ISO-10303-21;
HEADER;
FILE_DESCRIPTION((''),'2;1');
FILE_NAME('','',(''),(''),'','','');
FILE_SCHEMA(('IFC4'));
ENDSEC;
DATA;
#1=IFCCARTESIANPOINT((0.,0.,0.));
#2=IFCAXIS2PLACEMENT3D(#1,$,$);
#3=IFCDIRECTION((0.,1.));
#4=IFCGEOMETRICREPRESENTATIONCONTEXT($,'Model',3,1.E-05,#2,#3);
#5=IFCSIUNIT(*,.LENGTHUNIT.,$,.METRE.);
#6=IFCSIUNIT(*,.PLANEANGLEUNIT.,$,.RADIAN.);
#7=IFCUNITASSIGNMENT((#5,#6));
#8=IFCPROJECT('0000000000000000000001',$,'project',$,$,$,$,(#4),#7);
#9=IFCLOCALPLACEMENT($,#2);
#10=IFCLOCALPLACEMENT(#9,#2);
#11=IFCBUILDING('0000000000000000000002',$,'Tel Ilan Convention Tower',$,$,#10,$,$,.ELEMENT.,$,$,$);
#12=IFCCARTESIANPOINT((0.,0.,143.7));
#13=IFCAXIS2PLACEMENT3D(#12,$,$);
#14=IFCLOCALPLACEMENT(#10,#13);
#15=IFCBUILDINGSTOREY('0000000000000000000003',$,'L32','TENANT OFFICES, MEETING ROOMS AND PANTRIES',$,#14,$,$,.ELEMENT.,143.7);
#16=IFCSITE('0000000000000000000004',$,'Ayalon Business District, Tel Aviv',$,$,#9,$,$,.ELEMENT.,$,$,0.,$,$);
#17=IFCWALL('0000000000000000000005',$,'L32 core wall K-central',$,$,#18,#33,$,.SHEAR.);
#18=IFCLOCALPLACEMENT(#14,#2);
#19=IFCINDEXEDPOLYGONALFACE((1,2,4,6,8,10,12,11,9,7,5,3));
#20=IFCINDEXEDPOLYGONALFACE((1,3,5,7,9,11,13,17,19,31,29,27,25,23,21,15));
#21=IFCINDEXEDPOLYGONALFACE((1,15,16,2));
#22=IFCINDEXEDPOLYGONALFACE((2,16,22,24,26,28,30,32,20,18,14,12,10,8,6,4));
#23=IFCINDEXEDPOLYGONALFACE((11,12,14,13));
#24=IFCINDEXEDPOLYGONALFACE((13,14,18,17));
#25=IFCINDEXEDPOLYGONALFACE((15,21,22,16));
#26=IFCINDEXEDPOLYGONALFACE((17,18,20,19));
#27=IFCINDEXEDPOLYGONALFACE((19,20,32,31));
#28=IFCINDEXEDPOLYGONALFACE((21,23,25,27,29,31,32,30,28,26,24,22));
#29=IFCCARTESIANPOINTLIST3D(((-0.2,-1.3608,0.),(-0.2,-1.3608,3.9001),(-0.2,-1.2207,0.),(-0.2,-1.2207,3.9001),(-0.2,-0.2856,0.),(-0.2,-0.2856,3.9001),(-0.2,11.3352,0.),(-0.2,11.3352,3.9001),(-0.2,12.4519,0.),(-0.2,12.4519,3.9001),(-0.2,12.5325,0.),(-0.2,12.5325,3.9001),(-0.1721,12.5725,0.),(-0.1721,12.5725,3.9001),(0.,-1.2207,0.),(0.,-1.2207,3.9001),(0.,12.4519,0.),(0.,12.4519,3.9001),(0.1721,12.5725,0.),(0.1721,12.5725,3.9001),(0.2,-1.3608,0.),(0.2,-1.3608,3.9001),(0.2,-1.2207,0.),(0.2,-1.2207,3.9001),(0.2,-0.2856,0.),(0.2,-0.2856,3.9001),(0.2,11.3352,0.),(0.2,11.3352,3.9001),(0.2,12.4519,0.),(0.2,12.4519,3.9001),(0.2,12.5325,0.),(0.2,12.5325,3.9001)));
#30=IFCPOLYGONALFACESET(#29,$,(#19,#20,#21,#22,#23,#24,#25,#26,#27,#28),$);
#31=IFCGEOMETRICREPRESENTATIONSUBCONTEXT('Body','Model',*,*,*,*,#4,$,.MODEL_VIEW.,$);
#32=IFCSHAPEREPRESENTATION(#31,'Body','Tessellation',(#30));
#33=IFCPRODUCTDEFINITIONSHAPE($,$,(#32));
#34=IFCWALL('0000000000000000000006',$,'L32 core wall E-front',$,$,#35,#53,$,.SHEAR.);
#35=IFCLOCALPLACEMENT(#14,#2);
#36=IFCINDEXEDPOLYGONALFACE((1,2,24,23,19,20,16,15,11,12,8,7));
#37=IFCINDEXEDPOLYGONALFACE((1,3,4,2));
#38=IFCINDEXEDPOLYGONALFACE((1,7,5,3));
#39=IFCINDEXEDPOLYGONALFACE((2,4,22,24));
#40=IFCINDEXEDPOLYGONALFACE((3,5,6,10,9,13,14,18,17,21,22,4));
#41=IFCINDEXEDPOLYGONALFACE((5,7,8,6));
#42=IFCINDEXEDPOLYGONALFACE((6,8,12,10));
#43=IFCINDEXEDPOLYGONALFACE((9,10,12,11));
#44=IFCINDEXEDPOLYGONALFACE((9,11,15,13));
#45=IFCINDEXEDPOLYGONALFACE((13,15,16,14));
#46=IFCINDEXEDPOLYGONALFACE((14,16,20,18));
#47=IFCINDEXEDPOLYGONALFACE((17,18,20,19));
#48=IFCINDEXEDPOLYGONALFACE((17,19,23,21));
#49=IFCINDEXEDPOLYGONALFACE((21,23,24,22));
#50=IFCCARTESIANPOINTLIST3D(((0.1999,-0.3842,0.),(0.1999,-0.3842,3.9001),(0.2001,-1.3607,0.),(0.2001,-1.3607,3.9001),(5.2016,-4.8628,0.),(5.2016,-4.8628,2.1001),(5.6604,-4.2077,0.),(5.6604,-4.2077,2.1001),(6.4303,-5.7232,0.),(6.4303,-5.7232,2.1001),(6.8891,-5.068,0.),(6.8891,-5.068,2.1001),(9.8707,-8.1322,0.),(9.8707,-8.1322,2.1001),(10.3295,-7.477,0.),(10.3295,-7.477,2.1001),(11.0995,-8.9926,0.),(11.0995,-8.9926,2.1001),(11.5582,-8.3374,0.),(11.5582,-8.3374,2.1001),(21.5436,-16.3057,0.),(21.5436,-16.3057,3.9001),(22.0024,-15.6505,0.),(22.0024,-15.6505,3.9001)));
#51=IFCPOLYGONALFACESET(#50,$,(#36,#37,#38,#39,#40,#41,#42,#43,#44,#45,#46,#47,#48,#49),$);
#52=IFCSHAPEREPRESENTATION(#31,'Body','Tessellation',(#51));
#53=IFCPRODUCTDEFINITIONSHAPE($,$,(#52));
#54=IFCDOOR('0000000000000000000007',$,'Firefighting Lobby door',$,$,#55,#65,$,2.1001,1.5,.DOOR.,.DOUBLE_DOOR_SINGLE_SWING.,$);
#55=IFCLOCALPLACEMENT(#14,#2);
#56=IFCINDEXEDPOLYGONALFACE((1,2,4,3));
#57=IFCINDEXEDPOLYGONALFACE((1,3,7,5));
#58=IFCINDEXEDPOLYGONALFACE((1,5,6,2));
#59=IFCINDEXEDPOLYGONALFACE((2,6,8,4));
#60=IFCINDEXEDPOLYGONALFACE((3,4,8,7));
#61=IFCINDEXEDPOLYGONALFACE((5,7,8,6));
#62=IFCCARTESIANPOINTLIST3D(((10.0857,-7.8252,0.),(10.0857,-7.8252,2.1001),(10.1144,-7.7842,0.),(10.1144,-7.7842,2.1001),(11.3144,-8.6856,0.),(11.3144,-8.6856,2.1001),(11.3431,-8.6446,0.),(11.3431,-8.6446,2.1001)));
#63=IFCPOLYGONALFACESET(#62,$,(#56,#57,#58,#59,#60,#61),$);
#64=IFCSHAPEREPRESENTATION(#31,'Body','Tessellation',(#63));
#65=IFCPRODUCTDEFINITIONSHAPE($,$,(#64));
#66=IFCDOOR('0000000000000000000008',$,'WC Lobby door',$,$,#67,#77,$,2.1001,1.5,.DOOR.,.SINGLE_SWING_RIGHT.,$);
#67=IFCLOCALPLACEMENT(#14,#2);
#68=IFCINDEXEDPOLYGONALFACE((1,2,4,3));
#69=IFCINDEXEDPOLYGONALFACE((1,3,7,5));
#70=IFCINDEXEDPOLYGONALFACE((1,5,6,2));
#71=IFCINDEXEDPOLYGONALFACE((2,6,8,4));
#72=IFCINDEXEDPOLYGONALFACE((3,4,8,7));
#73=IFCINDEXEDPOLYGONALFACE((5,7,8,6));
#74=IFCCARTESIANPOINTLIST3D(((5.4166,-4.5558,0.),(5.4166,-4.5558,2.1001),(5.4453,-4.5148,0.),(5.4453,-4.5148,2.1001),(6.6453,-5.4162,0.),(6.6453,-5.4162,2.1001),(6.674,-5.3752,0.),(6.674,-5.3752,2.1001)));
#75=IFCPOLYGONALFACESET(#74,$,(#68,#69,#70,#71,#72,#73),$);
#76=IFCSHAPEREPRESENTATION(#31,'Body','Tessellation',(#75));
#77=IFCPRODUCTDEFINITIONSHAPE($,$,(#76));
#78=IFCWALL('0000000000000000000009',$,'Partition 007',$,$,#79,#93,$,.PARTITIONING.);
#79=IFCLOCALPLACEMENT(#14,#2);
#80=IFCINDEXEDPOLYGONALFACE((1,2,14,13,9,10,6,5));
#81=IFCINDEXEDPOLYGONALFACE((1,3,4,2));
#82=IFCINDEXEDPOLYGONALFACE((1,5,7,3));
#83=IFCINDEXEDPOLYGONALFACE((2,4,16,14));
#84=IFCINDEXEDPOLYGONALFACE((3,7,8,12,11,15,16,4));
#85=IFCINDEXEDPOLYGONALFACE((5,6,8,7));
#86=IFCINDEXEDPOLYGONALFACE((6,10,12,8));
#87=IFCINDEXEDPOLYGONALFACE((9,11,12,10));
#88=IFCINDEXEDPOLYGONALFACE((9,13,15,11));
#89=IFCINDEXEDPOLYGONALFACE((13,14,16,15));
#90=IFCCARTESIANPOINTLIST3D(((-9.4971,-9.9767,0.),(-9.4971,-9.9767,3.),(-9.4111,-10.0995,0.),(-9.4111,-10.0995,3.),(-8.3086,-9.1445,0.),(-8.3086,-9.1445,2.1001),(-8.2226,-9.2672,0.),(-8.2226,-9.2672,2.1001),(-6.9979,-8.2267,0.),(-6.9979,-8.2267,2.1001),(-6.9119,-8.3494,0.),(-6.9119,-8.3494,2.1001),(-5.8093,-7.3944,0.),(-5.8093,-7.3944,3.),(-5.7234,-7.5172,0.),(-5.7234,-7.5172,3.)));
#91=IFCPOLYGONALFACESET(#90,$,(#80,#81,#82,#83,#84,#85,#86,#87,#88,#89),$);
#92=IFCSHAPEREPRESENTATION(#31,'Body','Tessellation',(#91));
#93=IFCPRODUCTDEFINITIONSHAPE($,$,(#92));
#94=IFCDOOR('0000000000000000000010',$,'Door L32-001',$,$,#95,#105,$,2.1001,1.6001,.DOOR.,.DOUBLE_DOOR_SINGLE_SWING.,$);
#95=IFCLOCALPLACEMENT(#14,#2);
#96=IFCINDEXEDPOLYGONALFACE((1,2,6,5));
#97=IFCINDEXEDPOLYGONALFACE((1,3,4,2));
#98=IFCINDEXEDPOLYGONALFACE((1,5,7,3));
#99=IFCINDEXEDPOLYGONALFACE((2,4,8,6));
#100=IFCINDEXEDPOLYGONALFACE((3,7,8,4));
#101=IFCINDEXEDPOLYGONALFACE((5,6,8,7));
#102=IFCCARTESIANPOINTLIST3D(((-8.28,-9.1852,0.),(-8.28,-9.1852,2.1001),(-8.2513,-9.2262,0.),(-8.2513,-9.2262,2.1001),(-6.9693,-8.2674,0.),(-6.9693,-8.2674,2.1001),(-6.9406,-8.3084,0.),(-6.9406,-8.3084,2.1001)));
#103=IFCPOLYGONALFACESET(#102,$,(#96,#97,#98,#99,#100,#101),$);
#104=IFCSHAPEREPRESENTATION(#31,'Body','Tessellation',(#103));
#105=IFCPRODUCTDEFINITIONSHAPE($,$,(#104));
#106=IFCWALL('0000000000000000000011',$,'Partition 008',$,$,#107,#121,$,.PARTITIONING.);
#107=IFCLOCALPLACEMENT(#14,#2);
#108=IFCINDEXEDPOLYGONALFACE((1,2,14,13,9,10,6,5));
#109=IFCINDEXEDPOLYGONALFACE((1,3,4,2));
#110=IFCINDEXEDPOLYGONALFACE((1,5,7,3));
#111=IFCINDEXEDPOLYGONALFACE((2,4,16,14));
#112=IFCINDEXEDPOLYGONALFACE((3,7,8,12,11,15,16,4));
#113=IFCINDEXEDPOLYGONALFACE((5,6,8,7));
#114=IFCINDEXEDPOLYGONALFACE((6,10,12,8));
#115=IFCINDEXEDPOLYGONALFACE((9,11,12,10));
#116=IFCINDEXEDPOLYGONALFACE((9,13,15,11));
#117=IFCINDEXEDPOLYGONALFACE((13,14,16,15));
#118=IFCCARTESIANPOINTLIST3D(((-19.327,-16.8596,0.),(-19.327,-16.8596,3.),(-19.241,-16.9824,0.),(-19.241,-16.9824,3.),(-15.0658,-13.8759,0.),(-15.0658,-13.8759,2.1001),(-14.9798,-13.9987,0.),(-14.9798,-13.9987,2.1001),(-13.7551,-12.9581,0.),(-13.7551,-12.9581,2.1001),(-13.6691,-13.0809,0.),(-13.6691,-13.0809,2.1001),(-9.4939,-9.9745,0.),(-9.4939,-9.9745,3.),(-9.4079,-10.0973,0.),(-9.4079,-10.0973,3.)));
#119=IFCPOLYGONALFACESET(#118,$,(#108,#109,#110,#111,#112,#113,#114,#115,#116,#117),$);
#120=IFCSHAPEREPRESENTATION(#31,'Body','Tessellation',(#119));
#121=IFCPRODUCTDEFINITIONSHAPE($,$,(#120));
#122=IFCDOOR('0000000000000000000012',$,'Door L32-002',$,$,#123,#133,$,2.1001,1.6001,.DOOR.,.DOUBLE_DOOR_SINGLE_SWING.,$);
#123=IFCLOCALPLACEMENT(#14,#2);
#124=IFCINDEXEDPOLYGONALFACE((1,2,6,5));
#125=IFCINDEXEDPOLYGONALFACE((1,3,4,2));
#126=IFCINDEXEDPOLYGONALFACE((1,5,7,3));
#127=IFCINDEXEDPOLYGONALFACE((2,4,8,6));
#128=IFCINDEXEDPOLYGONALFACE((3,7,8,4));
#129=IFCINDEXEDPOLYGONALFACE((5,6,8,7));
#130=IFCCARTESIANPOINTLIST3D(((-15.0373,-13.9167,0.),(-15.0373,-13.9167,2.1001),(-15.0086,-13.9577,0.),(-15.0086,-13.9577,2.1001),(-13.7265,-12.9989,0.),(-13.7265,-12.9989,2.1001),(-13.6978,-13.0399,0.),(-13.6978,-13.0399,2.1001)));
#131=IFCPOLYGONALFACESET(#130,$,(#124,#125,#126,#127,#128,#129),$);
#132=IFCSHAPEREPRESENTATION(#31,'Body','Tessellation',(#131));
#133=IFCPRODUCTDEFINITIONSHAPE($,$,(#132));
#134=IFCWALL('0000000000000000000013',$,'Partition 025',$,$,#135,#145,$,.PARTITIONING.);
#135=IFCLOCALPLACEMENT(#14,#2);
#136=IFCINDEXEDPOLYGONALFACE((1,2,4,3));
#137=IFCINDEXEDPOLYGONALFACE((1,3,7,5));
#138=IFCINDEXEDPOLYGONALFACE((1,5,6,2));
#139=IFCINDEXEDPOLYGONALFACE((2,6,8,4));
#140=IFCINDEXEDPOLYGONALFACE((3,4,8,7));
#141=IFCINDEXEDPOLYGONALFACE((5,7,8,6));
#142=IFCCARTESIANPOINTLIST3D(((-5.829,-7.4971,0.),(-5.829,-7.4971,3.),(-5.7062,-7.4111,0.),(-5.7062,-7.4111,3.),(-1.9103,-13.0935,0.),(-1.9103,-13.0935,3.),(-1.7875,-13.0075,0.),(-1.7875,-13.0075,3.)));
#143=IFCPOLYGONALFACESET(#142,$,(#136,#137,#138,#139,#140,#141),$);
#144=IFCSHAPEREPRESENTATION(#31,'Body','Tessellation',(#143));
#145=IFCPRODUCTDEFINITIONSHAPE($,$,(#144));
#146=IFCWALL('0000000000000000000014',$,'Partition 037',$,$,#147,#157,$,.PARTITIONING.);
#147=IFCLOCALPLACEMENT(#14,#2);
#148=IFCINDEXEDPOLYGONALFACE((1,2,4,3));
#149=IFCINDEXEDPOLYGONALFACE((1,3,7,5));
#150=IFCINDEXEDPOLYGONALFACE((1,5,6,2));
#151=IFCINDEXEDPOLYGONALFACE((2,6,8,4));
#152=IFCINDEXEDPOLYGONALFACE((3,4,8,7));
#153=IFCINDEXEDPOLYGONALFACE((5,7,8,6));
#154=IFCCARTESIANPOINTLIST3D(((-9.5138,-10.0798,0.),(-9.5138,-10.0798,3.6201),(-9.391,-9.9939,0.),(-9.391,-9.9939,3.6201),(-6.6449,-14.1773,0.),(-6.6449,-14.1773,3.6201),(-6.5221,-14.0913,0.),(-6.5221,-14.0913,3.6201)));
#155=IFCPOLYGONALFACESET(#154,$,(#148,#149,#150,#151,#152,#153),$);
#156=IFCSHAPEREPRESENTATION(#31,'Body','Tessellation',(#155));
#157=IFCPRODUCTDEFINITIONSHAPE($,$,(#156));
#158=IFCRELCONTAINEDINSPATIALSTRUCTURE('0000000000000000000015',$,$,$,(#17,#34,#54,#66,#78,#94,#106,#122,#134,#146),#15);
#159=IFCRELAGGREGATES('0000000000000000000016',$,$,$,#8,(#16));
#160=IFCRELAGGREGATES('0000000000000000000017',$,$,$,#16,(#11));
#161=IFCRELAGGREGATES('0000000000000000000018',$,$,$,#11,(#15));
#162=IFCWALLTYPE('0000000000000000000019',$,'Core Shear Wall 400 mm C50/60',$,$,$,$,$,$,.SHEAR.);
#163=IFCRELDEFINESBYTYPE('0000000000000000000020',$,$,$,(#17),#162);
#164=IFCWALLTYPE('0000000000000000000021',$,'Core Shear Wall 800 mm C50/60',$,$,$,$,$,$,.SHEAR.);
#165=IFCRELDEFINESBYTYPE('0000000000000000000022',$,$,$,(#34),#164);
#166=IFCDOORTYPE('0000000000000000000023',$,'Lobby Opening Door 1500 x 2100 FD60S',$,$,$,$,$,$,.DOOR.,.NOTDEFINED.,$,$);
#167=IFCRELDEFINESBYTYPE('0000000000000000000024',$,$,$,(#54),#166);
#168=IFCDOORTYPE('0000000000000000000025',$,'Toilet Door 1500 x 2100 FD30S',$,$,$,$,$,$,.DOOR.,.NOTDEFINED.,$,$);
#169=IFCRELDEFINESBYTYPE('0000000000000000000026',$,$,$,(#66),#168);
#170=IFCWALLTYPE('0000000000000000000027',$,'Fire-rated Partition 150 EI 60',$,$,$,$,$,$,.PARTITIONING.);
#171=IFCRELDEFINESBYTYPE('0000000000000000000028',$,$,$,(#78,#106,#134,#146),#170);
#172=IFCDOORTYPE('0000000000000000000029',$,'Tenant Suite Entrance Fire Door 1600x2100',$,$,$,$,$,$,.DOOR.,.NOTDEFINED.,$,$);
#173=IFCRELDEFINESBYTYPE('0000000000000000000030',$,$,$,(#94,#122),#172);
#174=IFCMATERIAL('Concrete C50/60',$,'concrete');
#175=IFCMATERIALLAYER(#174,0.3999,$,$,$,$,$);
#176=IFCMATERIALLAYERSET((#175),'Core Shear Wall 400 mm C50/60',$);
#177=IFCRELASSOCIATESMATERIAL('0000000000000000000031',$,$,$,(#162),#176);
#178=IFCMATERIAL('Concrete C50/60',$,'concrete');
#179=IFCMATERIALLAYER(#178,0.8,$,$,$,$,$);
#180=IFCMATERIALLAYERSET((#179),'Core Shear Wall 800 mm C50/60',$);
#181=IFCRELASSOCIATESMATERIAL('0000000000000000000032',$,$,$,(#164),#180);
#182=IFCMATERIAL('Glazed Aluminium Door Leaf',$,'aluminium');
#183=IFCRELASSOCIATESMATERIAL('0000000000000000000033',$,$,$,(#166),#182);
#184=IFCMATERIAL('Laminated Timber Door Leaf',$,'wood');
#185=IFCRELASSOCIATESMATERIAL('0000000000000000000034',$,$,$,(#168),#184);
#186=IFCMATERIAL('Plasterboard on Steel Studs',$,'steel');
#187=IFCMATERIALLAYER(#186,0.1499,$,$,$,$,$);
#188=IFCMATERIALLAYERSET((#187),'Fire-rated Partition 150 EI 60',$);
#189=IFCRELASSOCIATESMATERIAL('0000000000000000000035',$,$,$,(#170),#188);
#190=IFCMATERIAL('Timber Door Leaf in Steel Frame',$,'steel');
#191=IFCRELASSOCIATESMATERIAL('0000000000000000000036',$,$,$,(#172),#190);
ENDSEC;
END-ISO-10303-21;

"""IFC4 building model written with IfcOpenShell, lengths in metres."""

from ifc_helpers import new_model, si_unit, direction, frame, frame_2d, origin, place, context, subcontext, project, spatial, polyline, rectangle, outline, extrude, material, layer, layer_set, type_object, element, fill, save


model = new_model("IFC4")

# Units and contexts
model_context = context("Model", 3, precision=1e-05, world=origin(), true_north=direction((0.0, 1.0)))
body_context = subcontext(model_context, "Body", "Model", "MODEL_VIEW")
ifc_project = project(units=[si_unit("LENGTHUNIT", "METRE"), si_unit("PLANEANGLEUNIT", "RADIAN")], contexts=[model_context])

# Site, building, storey
site_placement = place(None, origin())
site = spatial("IfcSite", under=ifc_project, at=site_placement, Name="Ayalon Business District, Tel Aviv", CompositionType="ELEMENT", RefElevation=0.0)
building_placement = place(site_placement, origin())
building = spatial("IfcBuilding", under=site, at=building_placement, Name="Tel Ilan Convention Tower", CompositionType="ELEMENT")
storey_placement = place(building_placement, frame((0.0, 0.0, 143.7)))
storey = spatial("IfcBuildingStorey", under=building, at=storey_placement, Name="L32", Description="TENANT OFFICES, MEETING ROOMS AND PANTRIES", CompositionType="ELEMENT", Elevation=143.7)

# Wall
ifc_material_1 = material(Name="Concrete C50/60", Category="concrete")
ifc_layer_1 = layer(ifc_material_1, 0.3999)
ifc_layer_set_1 = layer_set([ifc_layer_1], Name="Core Shear Wall 400 mm C50/60")
wall_type_1 = type_object("IfcWallType", Name="Core Shear Wall 400 mm C50/60", PredefinedType="SHEAR", material=ifc_layer_set_1)
wall_1_placement = place(storey_placement, frame((0.0, -1.3608, 0.0), z_axis=(0.0, 0.0, 1.0), x_axis=(0.0, 1.0, 0.0)))
element("IfcWall", 1, at=wall_1_placement, inside=storey, type_object=wall_type_1, Name="L32 core wall K-central", PredefinedType="SHEAR", context=body_context, shape_type="SweptSolid", body=[
    extrude(outline(polyline([(0.0, -0.2), (0.1401, -0.2), (1.0752, -0.2), (12.696, -0.2), (13.8127, -0.2), (13.8933, -0.2), (13.9333, -0.1721), (13.8127, 0.0), (13.9333, 0.1721), (13.8933, 0.2), (13.8127, 0.2), (12.696, 0.2), (1.0752, 0.2), (0.1401, 0.2), (0.0, 0.2), (0.1401, 0.0), (0.0, -0.2)])), origin(), (0.0, 0.0, 1.0), 3.9001),
])

# Wall, openings, doors
ifc_material_2 = material(Name="Concrete C50/60", Category="concrete")
ifc_layer_2 = layer(ifc_material_2, 0.8)
ifc_layer_set_2 = layer_set([ifc_layer_2], Name="Core Shear Wall 800 mm C50/60")
wall_type_2 = type_object("IfcWallType", Name="Core Shear Wall 800 mm C50/60", PredefinedType="SHEAR", material=ifc_layer_set_2)
wall_2_placement = place(storey_placement, frame((-0.0293, -0.7119, 0.0), z_axis=(0.0, 0.0, 1.0), x_axis=(0.819152, -0.573577, 0.0)))
wall_2 = element("IfcWall", 2, at=wall_2_placement, inside=storey, type_object=wall_type_2, Name="L32 core wall E-front", PredefinedType="SHEAR", context=body_context, shape_type="SweptSolid", body=[
    extrude(outline(polyline([(26.6157, 0.3999), (-0.0002, 0.3999), (0.5601, -0.3999), (26.6157, -0.3999), (26.6157, 0.3999)])), origin(), (0.0, 0.0, 1.0), 3.9001),
])
opening_1_placement = place(wall_2_placement, frame((6.6658, 0.0, 0.0)))
opening_1 = element("IfcOpeningElement", 3, at=opening_1_placement, cuts=wall_2, PredefinedType="OPENING", context=body_context, shape_type="SweptSolid", body=[
    extrude(rectangle(XDim=1.5, YDim=2.1001, at=frame_2d((0.75, 1.05))), frame((0.0, 0.4099, 0.0), z_axis=(0.0, -1.0, 0.0), x_axis=(1.0, 0.0, 0.0)), (0.0, 0.0, 1.0), 0.8201),
])
opening_2_placement = place(wall_2_placement, frame((12.3657, 0.0, 0.0)))
opening_2 = element("IfcOpeningElement", 4, at=opening_2_placement, cuts=wall_2, PredefinedType="OPENING", context=body_context, shape_type="SweptSolid", body=[
    extrude(rectangle(XDim=1.5, YDim=2.1001, at=frame_2d((0.75, 1.05))), frame((0.0, 0.4099, 0.0), z_axis=(0.0, -1.0, 0.0), x_axis=(1.0, 0.0, 0.0)), (0.0, 0.0, 1.0), 0.8201),
])
ifc_material_3 = material(Name="Glazed Aluminium Door Leaf", Category="aluminium")
door_type_1 = type_object("IfcDoorType", Name="Lobby Opening Door 1500 x 2100 FD60S", OperationType="NOTDEFINED", PredefinedType="DOOR", material=ifc_material_3)
door_1_placement = place(opening_2_placement, origin())
door_1 = element("IfcDoor", 5, at=door_1_placement, inside=storey, type_object=door_type_1, Name="Firefighting Lobby door", OperationType="DOUBLE_DOOR_SINGLE_SWING", OverallHeight=2.1001, OverallWidth=1.5, PredefinedType="DOOR", context=body_context, shape_type="SweptSolid", body=[
    extrude(rectangle(XDim=1.5, YDim=2.1001, at=frame_2d((0.75, 1.05))), frame((0.0, 0.0249, 0.0), z_axis=(0.0, -1.0, 0.0), x_axis=(1.0, 0.0, 0.0)), (0.0, 0.0, 1.0), 0.05),
])
fill(opening_2, door_1)
ifc_material_4 = material(Name="Laminated Timber Door Leaf", Category="wood")
door_type_2 = type_object("IfcDoorType", Name="Toilet Door 1500 x 2100 FD30S", OperationType="NOTDEFINED", PredefinedType="DOOR", material=ifc_material_4)
door_2_placement = place(opening_1_placement, origin())
door_2 = element("IfcDoor", 6, at=door_2_placement, inside=storey, type_object=door_type_2, Name="WC Lobby door", OperationType="SINGLE_SWING_RIGHT", OverallHeight=2.1001, OverallWidth=1.5, PredefinedType="DOOR", context=body_context, shape_type="SweptSolid", body=[
    extrude(rectangle(XDim=1.5, YDim=2.1001, at=frame_2d((0.75, 1.05))), frame((0.0, 0.0249, 0.0), z_axis=(0.0, -1.0, 0.0), x_axis=(1.0, 0.0, 0.0)), (0.0, 0.0, 1.0), 0.05),
])
fill(opening_1, door_2)

# Walls, openings, doors
ifc_material_5 = material(Name="Plasterboard on Steel Studs", Category="steel")
ifc_layer_3 = layer(ifc_material_5, 0.1499)
ifc_layer_set_3 = layer_set([ifc_layer_3], Name="Fire-rated Partition 150 EI 60")
wall_type_3 = type_object("IfcWallType", Name="Fire-rated Partition 150 EI 60", PredefinedType="PARTITIONING", material=ifc_layer_set_3)
wall_3_placement = place(storey_placement, frame((-5.7664, -7.4558, 0.0), z_axis=(0.0, 0.0, 1.0), x_axis=(-0.819143, -0.57359, 0.0)))
wall_3 = element("IfcWall", 7, at=wall_3_placement, inside=storey, type_object=wall_type_3, Name="Partition 007", PredefinedType="PARTITIONING", context=body_context, shape_type="SweptSolid", body=[
    extrude(rectangle(XDim=4.502, YDim=0.1499, at=frame_2d((2.251, 0.0))), origin(), (0.0, 0.0, 1.0), 3.0),
])
opening_3_placement = place(wall_3_placement, frame((1.4509, 0.0, 0.0)))
opening_3 = element("IfcOpeningElement", 8, at=opening_3_placement, cuts=wall_3, PredefinedType="OPENING", context=body_context, shape_type="SweptSolid", body=[
    extrude(rectangle(XDim=1.6001, YDim=2.1001, at=frame_2d((0.8, 1.05))), frame((0.0, 0.085, 0.0), z_axis=(0.0, -1.0, 0.0), x_axis=(1.0, 0.0, 0.0)), (0.0, 0.0, 1.0), 0.1699),
])
ifc_material_6 = material(Name="Timber Door Leaf in Steel Frame", Category="steel")
door_type_3 = type_object("IfcDoorType", Name="Tenant Suite Entrance Fire Door 1600x2100", OperationType="NOTDEFINED", PredefinedType="DOOR", material=ifc_material_6)
door_3_placement = place(opening_3_placement, origin())
door_3 = element("IfcDoor", 9, at=door_3_placement, inside=storey, type_object=door_type_3, Name="Door L32-001", OperationType="DOUBLE_DOOR_SINGLE_SWING", OverallHeight=2.1001, OverallWidth=1.6001, PredefinedType="DOOR", context=body_context, shape_type="SweptSolid", body=[
    extrude(rectangle(XDim=1.6001, YDim=2.1001, at=frame_2d((0.8, 1.05))), frame((0.0, 0.0249, 0.0), z_axis=(0.0, -1.0, 0.0), x_axis=(1.0, 0.0, 0.0)), (0.0, 0.0, 1.0), 0.05),
])
fill(opening_3, door_3)
wall_4_placement = place(storey_placement, frame((-9.4509, -10.0359, 0.0), z_axis=(0.0, 0.0, 1.0), x_axis=(-0.819157, -0.573569, 0.0)))
wall_4 = element("IfcWall", 10, at=wall_4_placement, inside=storey, type_object=wall_type_3, Name="Partition 008", PredefinedType="PARTITIONING", context=body_context, shape_type="SweptSolid", body=[
    extrude(rectangle(XDim=12.0039, YDim=0.1499, at=frame_2d((6.002, 0.0))), origin(), (0.0, 0.0, 1.0), 3.0),
])
opening_4_placement = place(wall_4_placement, frame((5.2019, 0.0, 0.0)))
opening_4 = element("IfcOpeningElement", 11, at=opening_4_placement, cuts=wall_4, PredefinedType="OPENING", context=body_context, shape_type="SweptSolid", body=[
    extrude(rectangle(XDim=1.6001, YDim=2.1001, at=frame_2d((0.8, 1.05))), frame((0.0, 0.085, 0.0), z_axis=(0.0, -1.0, 0.0), x_axis=(1.0, 0.0, 0.0)), (0.0, 0.0, 1.0), 0.1699),
])
door_4_placement = place(opening_4_placement, origin())
door_4 = element("IfcDoor", 12, at=door_4_placement, inside=storey, type_object=door_type_3, Name="Door L32-002", OperationType="DOUBLE_DOOR_SINGLE_SWING", OverallHeight=2.1001, OverallWidth=1.6001, PredefinedType="DOOR", context=body_context, shape_type="SweptSolid", body=[
    extrude(rectangle(XDim=1.6001, YDim=2.1001, at=frame_2d((0.8, 1.05))), frame((0.0, 0.0249, 0.0), z_axis=(0.0, -1.0, 0.0), x_axis=(1.0, 0.0, 0.0)), (0.0, 0.0, 1.0), 0.05),
])
fill(opening_4, door_4)

# Walls
wall_5_placement = place(storey_placement, frame((-1.8489, -13.0505, 0.0), z_axis=(0.0, 0.0, 1.0), x_axis=(-0.57358, 0.81915, 0.0)))
element("IfcWall", 13, at=wall_5_placement, inside=storey, type_object=wall_type_3, Name="Partition 025", PredefinedType="PARTITIONING", context=body_context, shape_type="SweptSolid", body=[
    extrude(rectangle(XDim=6.832, YDim=0.1499, at=frame_2d((3.416, 0.0))), origin(), (0.0, 0.0, 1.0), 3.0),
])
wall_6_placement = place(storey_placement, frame((-6.5835, -14.1343, 0.0), z_axis=(0.0, 0.0, 1.0), x_axis=(-0.573557, 0.819165, 0.0)))
element("IfcWall", 14, at=wall_6_placement, inside=storey, type_object=wall_type_3, Name="Partition 037", PredefinedType="PARTITIONING", context=body_context, shape_type="SweptSolid", body=[
    extrude(rectangle(XDim=5.002, YDim=0.1499, at=frame_2d((2.501, 0.0))), origin(), (0.0, 0.0, 1.0), 3.6201),
])

save(model, "model.ifc")
